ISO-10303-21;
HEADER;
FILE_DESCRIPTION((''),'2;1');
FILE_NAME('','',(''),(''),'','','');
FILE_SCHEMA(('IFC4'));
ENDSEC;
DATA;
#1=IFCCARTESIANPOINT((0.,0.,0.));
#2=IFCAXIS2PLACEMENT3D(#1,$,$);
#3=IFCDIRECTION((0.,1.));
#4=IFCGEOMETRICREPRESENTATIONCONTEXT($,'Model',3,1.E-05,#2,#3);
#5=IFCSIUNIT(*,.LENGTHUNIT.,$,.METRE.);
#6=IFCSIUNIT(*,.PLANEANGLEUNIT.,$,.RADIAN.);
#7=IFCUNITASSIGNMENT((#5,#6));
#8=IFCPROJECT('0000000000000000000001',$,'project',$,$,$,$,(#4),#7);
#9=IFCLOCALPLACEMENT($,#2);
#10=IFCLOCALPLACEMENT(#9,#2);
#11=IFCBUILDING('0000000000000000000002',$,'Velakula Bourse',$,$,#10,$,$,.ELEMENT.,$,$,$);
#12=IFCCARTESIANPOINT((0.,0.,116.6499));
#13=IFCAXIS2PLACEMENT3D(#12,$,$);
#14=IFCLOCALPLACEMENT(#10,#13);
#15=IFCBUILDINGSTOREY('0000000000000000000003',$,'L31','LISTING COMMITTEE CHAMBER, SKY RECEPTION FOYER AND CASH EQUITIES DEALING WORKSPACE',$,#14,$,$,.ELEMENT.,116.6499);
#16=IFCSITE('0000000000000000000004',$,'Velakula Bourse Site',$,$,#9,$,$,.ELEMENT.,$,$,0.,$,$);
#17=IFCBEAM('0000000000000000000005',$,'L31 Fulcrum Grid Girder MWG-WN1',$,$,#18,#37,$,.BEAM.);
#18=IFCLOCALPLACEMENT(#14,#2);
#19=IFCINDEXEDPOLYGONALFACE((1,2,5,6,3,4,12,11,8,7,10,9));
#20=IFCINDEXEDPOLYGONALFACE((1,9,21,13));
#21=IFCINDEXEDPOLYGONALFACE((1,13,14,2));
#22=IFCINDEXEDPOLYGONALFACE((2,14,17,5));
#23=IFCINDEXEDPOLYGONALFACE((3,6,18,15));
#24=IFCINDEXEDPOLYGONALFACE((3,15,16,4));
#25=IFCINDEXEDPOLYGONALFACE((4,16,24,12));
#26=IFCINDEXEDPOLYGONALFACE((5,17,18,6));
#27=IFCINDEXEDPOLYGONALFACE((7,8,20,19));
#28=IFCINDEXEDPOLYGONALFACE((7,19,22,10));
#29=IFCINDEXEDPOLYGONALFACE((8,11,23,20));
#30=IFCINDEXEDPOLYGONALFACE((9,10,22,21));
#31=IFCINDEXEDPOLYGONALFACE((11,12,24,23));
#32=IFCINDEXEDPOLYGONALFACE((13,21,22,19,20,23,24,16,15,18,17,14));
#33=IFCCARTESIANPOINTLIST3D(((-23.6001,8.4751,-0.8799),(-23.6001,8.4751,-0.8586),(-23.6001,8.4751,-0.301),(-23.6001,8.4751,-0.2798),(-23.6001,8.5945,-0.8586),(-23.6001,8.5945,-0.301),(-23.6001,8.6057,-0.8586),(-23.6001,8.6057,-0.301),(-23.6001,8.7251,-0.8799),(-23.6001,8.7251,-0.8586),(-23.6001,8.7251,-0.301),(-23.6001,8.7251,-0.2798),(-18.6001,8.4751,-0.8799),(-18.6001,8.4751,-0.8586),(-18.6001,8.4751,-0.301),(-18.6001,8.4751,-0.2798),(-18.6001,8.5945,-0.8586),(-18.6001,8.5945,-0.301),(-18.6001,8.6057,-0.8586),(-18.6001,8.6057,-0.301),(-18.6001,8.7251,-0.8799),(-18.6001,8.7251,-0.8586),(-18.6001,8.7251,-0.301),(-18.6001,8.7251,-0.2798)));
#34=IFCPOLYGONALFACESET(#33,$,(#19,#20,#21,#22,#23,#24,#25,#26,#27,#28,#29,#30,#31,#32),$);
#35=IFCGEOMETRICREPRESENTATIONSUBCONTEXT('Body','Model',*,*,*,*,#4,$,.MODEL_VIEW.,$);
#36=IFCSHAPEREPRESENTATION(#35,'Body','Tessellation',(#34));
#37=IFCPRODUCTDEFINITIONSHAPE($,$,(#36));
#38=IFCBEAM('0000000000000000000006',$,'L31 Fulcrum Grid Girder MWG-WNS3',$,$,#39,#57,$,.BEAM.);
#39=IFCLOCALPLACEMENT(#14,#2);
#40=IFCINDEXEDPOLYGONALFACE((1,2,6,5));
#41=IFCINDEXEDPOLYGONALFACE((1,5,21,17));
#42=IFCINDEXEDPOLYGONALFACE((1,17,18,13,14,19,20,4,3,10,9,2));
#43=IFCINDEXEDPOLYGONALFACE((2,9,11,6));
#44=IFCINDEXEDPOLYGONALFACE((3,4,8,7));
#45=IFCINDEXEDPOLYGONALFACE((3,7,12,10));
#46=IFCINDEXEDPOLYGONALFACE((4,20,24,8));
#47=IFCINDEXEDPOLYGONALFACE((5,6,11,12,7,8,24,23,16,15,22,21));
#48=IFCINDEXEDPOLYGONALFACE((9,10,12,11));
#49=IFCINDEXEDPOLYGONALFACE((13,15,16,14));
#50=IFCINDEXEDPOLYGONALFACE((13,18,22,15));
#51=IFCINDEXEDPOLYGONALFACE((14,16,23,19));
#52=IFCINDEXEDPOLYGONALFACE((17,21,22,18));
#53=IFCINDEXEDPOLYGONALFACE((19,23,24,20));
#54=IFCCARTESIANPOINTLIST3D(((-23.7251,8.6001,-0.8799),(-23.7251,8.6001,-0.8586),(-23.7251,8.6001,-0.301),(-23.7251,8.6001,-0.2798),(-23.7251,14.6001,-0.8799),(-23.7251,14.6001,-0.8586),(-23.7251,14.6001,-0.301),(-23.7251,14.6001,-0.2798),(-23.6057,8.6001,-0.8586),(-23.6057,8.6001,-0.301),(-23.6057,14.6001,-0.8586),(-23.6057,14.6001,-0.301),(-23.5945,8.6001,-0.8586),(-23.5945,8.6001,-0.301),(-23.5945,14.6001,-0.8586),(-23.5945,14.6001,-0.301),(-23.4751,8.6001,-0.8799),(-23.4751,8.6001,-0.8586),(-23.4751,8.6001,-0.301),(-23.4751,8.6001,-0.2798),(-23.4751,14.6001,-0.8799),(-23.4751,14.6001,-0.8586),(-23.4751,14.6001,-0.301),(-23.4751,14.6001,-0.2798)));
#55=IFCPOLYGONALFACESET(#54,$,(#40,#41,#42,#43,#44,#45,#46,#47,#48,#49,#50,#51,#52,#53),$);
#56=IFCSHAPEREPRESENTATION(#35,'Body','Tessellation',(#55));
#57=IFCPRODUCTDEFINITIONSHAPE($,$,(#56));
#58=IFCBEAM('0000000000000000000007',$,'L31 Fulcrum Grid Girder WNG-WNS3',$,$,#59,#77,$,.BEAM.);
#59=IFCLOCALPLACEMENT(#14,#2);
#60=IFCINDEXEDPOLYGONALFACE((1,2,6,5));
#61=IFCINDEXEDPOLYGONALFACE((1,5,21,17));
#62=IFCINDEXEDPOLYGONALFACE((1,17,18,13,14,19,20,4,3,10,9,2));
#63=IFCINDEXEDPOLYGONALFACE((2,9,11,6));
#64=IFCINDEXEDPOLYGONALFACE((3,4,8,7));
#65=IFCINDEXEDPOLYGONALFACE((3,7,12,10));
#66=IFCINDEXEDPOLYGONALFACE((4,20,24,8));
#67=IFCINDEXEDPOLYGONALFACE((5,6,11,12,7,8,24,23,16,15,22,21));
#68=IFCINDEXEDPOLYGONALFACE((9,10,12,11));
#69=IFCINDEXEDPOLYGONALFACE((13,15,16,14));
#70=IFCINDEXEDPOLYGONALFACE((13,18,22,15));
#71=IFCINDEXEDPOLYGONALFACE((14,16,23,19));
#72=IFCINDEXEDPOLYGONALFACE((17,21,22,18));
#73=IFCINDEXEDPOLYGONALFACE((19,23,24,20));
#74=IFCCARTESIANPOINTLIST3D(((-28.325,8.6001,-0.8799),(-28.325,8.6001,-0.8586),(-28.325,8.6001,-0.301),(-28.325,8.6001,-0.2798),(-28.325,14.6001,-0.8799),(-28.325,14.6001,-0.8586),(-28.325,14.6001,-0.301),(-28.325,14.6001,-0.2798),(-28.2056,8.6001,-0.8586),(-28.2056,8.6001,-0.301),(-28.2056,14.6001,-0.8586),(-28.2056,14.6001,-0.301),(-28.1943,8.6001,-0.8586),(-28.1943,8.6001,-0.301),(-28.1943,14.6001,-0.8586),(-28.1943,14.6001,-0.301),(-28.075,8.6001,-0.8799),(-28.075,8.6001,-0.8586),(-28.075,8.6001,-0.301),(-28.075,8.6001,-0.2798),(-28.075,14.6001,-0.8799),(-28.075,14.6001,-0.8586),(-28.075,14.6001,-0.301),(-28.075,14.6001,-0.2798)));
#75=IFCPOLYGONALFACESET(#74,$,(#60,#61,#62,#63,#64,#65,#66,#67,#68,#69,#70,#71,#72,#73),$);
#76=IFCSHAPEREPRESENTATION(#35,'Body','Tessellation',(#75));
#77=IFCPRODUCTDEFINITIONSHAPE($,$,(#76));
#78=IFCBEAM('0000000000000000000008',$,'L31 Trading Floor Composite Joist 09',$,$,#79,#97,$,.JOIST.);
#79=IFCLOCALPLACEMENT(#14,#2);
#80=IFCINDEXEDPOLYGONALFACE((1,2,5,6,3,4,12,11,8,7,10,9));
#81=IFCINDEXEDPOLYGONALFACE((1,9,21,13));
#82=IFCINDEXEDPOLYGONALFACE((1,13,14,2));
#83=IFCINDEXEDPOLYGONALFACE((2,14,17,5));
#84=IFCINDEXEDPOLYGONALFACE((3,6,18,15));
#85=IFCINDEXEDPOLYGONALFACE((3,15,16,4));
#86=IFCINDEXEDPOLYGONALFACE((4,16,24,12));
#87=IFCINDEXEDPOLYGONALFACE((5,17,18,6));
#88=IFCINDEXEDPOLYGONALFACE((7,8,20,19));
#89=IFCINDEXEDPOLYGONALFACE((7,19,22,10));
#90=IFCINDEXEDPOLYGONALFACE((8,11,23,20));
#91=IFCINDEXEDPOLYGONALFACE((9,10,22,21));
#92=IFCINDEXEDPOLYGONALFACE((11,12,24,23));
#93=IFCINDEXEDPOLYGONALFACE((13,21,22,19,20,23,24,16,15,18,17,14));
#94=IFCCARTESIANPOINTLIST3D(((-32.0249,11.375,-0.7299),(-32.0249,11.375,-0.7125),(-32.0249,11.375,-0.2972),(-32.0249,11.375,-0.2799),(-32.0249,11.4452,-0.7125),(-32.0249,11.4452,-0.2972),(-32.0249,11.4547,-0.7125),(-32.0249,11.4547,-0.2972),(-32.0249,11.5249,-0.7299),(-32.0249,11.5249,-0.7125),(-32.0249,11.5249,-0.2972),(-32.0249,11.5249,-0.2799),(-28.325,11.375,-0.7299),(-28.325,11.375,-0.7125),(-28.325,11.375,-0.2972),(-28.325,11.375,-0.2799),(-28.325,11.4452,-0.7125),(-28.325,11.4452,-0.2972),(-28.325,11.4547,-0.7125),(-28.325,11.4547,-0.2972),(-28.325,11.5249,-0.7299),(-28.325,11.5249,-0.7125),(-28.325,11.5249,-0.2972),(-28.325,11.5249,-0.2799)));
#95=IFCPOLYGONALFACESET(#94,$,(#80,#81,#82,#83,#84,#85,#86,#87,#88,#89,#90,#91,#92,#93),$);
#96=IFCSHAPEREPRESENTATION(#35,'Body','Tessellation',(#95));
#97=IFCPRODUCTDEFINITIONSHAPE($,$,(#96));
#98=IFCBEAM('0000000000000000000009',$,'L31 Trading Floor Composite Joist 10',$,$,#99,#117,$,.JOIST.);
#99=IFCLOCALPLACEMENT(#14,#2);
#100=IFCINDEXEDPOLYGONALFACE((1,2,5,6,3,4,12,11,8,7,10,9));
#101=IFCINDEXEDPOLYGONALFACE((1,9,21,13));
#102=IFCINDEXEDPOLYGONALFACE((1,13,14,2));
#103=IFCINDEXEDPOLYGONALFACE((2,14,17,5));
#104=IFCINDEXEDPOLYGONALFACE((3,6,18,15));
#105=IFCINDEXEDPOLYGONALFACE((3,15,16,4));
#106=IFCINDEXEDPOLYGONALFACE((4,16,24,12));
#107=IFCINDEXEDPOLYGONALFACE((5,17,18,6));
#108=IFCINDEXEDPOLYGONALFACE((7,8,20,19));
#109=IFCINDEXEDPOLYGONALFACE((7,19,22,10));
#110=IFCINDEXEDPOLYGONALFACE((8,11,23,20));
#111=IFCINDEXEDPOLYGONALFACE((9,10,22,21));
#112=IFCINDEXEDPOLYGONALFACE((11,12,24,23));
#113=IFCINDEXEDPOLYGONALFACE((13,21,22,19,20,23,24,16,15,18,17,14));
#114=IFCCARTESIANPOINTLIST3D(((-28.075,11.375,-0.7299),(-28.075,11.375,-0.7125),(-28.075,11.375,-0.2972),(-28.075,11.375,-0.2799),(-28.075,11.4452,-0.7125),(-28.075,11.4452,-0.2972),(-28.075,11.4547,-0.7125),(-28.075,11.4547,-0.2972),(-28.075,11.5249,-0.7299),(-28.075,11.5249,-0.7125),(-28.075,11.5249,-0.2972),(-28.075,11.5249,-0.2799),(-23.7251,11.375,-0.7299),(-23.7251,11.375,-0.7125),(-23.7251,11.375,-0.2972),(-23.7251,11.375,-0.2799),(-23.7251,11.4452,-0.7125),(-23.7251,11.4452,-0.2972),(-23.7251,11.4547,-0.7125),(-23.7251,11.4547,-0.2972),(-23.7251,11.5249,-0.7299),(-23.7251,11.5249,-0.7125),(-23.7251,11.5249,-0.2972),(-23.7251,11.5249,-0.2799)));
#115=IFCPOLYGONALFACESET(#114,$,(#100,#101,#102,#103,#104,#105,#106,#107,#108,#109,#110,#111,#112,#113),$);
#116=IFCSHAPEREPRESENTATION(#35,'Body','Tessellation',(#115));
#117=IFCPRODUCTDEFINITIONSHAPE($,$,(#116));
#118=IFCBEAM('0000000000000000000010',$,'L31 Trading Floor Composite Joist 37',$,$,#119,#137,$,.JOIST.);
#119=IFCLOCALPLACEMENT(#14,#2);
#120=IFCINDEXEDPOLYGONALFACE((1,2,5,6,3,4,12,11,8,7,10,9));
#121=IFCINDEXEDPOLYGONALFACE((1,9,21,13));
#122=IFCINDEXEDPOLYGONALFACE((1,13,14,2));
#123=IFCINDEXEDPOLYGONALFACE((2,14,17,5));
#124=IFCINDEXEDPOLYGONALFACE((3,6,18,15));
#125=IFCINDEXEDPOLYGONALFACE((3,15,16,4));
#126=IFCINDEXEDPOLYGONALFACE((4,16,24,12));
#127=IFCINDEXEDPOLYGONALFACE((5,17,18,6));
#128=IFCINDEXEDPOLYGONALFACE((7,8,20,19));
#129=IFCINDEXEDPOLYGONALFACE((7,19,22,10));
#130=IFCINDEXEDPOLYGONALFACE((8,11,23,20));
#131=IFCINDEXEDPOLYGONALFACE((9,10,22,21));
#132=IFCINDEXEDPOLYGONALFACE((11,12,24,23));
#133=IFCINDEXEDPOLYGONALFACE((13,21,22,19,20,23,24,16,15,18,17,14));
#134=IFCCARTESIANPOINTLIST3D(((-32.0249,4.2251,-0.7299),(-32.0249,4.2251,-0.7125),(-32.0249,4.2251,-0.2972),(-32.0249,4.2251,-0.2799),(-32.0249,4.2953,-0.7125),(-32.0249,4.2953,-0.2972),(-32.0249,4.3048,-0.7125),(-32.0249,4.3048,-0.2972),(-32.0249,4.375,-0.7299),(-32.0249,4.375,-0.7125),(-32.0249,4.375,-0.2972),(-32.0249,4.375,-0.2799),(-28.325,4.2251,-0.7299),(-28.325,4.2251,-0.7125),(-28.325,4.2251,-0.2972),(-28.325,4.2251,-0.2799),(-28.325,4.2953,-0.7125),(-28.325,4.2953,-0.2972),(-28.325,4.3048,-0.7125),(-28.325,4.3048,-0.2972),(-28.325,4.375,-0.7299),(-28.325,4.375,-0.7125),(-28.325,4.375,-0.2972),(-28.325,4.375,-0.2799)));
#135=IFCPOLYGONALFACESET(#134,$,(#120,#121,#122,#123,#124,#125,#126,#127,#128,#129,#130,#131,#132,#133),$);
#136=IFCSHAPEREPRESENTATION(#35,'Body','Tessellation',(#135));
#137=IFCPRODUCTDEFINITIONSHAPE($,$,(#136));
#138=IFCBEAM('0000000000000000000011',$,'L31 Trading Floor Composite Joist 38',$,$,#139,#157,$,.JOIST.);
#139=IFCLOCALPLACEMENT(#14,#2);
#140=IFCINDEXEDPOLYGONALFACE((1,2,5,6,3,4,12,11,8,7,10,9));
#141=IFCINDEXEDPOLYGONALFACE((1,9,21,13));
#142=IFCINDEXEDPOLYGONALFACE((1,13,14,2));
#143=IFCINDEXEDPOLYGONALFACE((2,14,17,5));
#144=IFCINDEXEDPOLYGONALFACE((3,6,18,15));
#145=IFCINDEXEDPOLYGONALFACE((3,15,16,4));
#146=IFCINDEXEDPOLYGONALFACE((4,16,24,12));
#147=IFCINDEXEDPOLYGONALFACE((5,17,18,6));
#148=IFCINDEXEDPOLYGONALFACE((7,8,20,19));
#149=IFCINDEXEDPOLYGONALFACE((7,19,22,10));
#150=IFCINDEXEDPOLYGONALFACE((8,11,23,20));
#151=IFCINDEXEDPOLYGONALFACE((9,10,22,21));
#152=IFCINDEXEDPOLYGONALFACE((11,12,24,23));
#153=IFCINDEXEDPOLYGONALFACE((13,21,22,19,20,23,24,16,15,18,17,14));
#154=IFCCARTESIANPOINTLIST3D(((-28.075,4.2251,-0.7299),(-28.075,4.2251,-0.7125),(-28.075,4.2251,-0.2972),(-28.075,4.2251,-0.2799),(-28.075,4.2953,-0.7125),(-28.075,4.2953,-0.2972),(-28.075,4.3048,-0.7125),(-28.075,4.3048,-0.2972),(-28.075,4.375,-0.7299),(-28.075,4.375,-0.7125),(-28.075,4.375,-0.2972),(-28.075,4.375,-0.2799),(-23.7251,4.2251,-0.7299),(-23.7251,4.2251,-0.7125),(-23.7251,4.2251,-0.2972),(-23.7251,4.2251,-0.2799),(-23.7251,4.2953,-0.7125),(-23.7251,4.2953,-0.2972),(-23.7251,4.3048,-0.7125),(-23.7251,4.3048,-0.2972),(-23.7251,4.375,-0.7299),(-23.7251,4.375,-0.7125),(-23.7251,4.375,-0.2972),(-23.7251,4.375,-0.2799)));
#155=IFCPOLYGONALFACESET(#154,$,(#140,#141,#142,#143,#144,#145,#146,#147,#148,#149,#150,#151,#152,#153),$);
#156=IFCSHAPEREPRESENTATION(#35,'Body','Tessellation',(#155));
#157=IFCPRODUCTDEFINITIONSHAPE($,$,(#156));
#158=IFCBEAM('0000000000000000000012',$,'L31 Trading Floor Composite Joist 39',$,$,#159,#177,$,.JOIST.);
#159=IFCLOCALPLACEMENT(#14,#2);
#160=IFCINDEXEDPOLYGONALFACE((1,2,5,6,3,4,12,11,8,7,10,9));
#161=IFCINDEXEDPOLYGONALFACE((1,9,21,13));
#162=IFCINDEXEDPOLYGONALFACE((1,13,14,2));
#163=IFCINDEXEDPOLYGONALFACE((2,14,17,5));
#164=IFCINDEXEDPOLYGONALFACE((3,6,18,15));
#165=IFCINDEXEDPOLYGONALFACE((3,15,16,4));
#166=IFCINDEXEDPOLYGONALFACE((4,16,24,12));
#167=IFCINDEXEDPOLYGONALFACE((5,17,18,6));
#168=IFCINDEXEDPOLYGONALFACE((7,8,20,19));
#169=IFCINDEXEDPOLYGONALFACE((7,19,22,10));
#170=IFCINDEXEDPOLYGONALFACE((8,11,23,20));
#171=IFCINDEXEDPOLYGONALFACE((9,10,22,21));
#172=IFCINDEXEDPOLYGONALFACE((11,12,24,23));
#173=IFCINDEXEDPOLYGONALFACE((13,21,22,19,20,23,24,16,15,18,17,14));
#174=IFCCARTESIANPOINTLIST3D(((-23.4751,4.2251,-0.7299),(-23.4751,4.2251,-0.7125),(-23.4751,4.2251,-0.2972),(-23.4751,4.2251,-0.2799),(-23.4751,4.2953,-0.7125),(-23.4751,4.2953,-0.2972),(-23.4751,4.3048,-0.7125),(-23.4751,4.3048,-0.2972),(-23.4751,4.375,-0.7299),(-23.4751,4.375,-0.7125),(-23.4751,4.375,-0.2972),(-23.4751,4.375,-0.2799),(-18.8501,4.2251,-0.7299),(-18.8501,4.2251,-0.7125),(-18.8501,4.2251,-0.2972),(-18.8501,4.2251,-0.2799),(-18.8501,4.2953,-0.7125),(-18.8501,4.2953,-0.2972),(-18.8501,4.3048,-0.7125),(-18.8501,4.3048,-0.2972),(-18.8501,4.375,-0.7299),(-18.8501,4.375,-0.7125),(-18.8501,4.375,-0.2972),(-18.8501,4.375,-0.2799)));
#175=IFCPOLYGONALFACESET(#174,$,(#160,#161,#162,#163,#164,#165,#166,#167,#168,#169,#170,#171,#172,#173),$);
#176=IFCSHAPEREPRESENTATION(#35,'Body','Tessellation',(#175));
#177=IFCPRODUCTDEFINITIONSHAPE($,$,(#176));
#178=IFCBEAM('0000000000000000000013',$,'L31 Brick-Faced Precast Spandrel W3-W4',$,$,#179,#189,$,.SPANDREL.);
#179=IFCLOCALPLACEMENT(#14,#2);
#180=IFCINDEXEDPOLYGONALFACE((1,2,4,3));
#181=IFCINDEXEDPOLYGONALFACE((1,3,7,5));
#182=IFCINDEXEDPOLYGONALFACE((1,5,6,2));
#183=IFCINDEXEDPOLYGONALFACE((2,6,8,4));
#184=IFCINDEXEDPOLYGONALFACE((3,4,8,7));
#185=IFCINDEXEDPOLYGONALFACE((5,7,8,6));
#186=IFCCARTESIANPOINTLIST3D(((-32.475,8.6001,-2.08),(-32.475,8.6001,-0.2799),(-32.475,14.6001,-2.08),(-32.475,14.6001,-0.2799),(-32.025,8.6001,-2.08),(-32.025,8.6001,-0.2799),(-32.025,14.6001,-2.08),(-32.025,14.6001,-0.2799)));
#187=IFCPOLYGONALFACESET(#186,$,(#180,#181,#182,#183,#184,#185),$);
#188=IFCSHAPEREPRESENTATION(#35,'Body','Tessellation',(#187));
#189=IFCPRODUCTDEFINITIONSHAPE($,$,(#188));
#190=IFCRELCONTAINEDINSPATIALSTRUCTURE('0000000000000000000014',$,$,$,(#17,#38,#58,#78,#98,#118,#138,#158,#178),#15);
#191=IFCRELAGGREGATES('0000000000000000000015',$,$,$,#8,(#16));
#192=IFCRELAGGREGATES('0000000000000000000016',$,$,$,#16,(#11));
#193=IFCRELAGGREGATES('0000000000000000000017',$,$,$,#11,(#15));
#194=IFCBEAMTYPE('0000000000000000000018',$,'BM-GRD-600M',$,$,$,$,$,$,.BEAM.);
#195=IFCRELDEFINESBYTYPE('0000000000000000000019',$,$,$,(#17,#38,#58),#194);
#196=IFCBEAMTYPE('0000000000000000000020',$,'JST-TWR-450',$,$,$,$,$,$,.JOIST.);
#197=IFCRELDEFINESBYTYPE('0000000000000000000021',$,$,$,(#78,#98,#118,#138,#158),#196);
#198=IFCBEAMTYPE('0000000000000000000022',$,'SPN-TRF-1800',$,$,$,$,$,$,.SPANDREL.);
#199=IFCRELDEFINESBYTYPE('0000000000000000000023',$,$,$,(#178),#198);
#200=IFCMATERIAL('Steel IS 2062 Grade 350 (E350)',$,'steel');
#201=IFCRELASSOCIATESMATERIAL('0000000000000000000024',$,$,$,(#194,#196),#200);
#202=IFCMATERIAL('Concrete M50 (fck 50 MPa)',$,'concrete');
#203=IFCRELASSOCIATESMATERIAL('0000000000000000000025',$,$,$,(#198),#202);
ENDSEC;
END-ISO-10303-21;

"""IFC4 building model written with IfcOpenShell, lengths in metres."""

from ifc_helpers import new_model, si_unit, direction, frame, origin, origin_2d, place, context, subcontext, project, spatial, rectangle, i_section, extrude, material, material_profile, profile_set, type_object, element, save


model = new_model("IFC4")

# Units and contexts
model_context = context("Model", 3, precision=1e-05, world=origin(), true_north=direction((0.0, 1.0)))
body_context = subcontext(model_context, "Body", "Model", "MODEL_VIEW")
ifc_project = project(units=[si_unit("LENGTHUNIT", "METRE"), si_unit("PLANEANGLEUNIT", "RADIAN")], contexts=[model_context])

# Site, building, storey
site_placement = place(None, origin())
site = spatial("IfcSite", under=ifc_project, at=site_placement, Name="Velakula Bourse Site", CompositionType="ELEMENT", RefElevation=0.0)
building_placement = place(site_placement, origin())
building = spatial("IfcBuilding", under=site, at=building_placement, Name="Velakula Bourse", CompositionType="ELEMENT")
storey_placement = place(building_placement, frame((0.0, 0.0, 116.6499)))
storey = spatial("IfcBuildingStorey", under=building, at=storey_placement, Name="L31", Description="LISTING COMMITTEE CHAMBER, SKY RECEPTION FOYER AND CASH EQUITIES DEALING WORKSPACE", CompositionType="ELEMENT", Elevation=116.6499)

# Shared definitions
ifc_material_1 = material(Name="Steel IS 2062 Grade 350 (E350)", Category="steel")

# Beams
ifc_material_profile_1 = material_profile(ifc_material_1, i_section(OverallWidth=0.25, OverallDepth=0.6001, WebThickness=0.0112, FlangeThickness=0.0212, at=origin_2d()), Name="Steel IS 2062 Grade 350 (E350)")
ifc_profile_set_1 = profile_set([ifc_material_profile_1], Name="Steel IS 2062 Grade 350 (E350)")
beam_type_1 = type_object("IfcBeamType", Name="BM-GRD-600M", PredefinedType="BEAM", material=ifc_profile_set_1)
beam_1_placement = place(storey_placement, frame((-23.6001, 8.6001, -0.5798), z_axis=(1.0, 0.0, 0.0), x_axis=(0.0, 1.0, 0.0)))
element("IfcBeam", 1, at=beam_1_placement, inside=storey, type_object=beam_type_1, Name="L31 Fulcrum Grid Girder MWG-WN1", PredefinedType="BEAM", context=body_context, shape_type="SweptSolid", body=[
    extrude(i_section(OverallWidth=0.25, OverallDepth=0.6001, WebThickness=0.0112, FlangeThickness=0.0212, at=origin_2d()), origin(), (0.0, 0.0, 1.0), 5.0),
])
for number, where, z_axis, x_axis, name in (
    (2, (-23.6001, 8.6001, -0.5798), (0.0, 1.0, 0.0), (-1.0, 0.0, 0.0), "L31 Fulcrum Grid Girder MWG-WNS3"),
    (3, (-28.2, 8.6001, -0.5798), (0.0, 1.0, 0.0), (-1.0, 0.0, 0.0), "L31 Fulcrum Grid Girder WNG-WNS3"),
):
    element("IfcBeam", number, at=place(storey_placement, frame(where, z_axis=z_axis, x_axis=x_axis)), inside=storey, type_object=beam_type_1, Name=name, PredefinedType="BEAM", context=body_context, shape_type="SweptSolid", body=[
        extrude(i_section(OverallWidth=0.25, OverallDepth=0.6001, WebThickness=0.0112, FlangeThickness=0.0212, at=origin_2d()), origin(), (0.0, 0.0, 1.0), 6.0),
    ])
ifc_material_profile_2 = material_profile(ifc_material_1, i_section(OverallWidth=0.1499, OverallDepth=0.45, WebThickness=0.0095, FlangeThickness=0.0173, at=origin_2d()), Name="Steel IS 2062 Grade 350 (E350)")
ifc_profile_set_2 = profile_set([ifc_material_profile_2], Name="Steel IS 2062 Grade 350 (E350)")
beam_type_2 = type_object("IfcBeamType", Name="JST-TWR-450", PredefinedType="JOIST", material=ifc_profile_set_2)
beam_2_placement = place(storey_placement, frame((-32.0249, 11.45, -0.5049), z_axis=(1.0, 0.0, 0.0), x_axis=(0.0, 1.0, 0.0)))
element("IfcBeam", 4, at=beam_2_placement, inside=storey, type_object=beam_type_2, Name="L31 Trading Floor Composite Joist 09", PredefinedType="JOIST", context=body_context, shape_type="SweptSolid", body=[
    extrude(i_section(OverallWidth=0.1499, OverallDepth=0.45, WebThickness=0.0095, FlangeThickness=0.0173, at=origin_2d()), origin(), (0.0, 0.0, 1.0), 3.7),
])
beam_3_placement = place(storey_placement, frame((-28.075, 11.45, -0.5049), z_axis=(1.0, 0.0, 0.0), x_axis=(0.0, 1.0, 0.0)))
element("IfcBeam", 5, at=beam_3_placement, inside=storey, type_object=beam_type_2, Name="L31 Trading Floor Composite Joist 10", PredefinedType="JOIST", context=body_context, shape_type="SweptSolid", body=[
    extrude(i_section(OverallWidth=0.1499, OverallDepth=0.45, WebThickness=0.0095, FlangeThickness=0.0173, at=origin_2d()), origin(), (0.0, 0.0, 1.0), 4.3499),
])
beam_4_placement = place(storey_placement, frame((-32.0249, 4.3, -0.5049), z_axis=(1.0, 0.0, 0.0), x_axis=(0.0, 1.0, 0.0)))
element("IfcBeam", 6, at=beam_4_placement, inside=storey, type_object=beam_type_2, Name="L31 Trading Floor Composite Joist 37", PredefinedType="JOIST", context=body_context, shape_type="SweptSolid", body=[
    extrude(i_section(OverallWidth=0.1499, OverallDepth=0.45, WebThickness=0.0095, FlangeThickness=0.0173, at=origin_2d()), origin(), (0.0, 0.0, 1.0), 3.7),
])
beam_5_placement = place(storey_placement, frame((-28.075, 4.3, -0.5049), z_axis=(1.0, 0.0, 0.0), x_axis=(0.0, 1.0, 0.0)))
element("IfcBeam", 7, at=beam_5_placement, inside=storey, type_object=beam_type_2, Name="L31 Trading Floor Composite Joist 38", PredefinedType="JOIST", context=body_context, shape_type="SweptSolid", body=[
    extrude(i_section(OverallWidth=0.1499, OverallDepth=0.45, WebThickness=0.0095, FlangeThickness=0.0173, at=origin_2d()), origin(), (0.0, 0.0, 1.0), 4.3499),
])
beam_6_placement = place(storey_placement, frame((-23.4751, 4.3, -0.5049), z_axis=(1.0, 0.0, 0.0), x_axis=(0.0, 1.0, 0.0)))
element("IfcBeam", 8, at=beam_6_placement, inside=storey, type_object=beam_type_2, Name="L31 Trading Floor Composite Joist 39", PredefinedType="JOIST", context=body_context, shape_type="SweptSolid", body=[
    extrude(i_section(OverallWidth=0.1499, OverallDepth=0.45, WebThickness=0.0095, FlangeThickness=0.0173, at=origin_2d()), origin(), (0.0, 0.0, 1.0), 4.625),
])
ifc_material_2 = material(Name="Concrete M50 (fck 50 MPa)", Category="concrete")
ifc_material_profile_3 = material_profile(ifc_material_2, rectangle(XDim=0.45, YDim=1.8, at=origin_2d()), Name="Concrete M50 (fck 50 MPa)")
ifc_profile_set_3 = profile_set([ifc_material_profile_3], Name="Concrete M50 (fck 50 MPa)")
beam_type_3 = type_object("IfcBeamType", Name="SPN-TRF-1800", PredefinedType="SPANDREL", material=ifc_profile_set_3)
beam_7_placement = place(storey_placement, frame((-32.25, 8.6001, -1.1799), z_axis=(0.0, 1.0, 0.0), x_axis=(-1.0, 0.0, 0.0)))
element("IfcBeam", 9, at=beam_7_placement, inside=storey, type_object=beam_type_3, Name="L31 Brick-Faced Precast Spandrel W3-W4", PredefinedType="SPANDREL", context=body_context, shape_type="SweptSolid", body=[
    extrude(rectangle(XDim=0.45, YDim=1.8, at=origin_2d()), origin(), (0.0, 0.0, 1.0), 6.0),
])

save(model, "model.ifc")
